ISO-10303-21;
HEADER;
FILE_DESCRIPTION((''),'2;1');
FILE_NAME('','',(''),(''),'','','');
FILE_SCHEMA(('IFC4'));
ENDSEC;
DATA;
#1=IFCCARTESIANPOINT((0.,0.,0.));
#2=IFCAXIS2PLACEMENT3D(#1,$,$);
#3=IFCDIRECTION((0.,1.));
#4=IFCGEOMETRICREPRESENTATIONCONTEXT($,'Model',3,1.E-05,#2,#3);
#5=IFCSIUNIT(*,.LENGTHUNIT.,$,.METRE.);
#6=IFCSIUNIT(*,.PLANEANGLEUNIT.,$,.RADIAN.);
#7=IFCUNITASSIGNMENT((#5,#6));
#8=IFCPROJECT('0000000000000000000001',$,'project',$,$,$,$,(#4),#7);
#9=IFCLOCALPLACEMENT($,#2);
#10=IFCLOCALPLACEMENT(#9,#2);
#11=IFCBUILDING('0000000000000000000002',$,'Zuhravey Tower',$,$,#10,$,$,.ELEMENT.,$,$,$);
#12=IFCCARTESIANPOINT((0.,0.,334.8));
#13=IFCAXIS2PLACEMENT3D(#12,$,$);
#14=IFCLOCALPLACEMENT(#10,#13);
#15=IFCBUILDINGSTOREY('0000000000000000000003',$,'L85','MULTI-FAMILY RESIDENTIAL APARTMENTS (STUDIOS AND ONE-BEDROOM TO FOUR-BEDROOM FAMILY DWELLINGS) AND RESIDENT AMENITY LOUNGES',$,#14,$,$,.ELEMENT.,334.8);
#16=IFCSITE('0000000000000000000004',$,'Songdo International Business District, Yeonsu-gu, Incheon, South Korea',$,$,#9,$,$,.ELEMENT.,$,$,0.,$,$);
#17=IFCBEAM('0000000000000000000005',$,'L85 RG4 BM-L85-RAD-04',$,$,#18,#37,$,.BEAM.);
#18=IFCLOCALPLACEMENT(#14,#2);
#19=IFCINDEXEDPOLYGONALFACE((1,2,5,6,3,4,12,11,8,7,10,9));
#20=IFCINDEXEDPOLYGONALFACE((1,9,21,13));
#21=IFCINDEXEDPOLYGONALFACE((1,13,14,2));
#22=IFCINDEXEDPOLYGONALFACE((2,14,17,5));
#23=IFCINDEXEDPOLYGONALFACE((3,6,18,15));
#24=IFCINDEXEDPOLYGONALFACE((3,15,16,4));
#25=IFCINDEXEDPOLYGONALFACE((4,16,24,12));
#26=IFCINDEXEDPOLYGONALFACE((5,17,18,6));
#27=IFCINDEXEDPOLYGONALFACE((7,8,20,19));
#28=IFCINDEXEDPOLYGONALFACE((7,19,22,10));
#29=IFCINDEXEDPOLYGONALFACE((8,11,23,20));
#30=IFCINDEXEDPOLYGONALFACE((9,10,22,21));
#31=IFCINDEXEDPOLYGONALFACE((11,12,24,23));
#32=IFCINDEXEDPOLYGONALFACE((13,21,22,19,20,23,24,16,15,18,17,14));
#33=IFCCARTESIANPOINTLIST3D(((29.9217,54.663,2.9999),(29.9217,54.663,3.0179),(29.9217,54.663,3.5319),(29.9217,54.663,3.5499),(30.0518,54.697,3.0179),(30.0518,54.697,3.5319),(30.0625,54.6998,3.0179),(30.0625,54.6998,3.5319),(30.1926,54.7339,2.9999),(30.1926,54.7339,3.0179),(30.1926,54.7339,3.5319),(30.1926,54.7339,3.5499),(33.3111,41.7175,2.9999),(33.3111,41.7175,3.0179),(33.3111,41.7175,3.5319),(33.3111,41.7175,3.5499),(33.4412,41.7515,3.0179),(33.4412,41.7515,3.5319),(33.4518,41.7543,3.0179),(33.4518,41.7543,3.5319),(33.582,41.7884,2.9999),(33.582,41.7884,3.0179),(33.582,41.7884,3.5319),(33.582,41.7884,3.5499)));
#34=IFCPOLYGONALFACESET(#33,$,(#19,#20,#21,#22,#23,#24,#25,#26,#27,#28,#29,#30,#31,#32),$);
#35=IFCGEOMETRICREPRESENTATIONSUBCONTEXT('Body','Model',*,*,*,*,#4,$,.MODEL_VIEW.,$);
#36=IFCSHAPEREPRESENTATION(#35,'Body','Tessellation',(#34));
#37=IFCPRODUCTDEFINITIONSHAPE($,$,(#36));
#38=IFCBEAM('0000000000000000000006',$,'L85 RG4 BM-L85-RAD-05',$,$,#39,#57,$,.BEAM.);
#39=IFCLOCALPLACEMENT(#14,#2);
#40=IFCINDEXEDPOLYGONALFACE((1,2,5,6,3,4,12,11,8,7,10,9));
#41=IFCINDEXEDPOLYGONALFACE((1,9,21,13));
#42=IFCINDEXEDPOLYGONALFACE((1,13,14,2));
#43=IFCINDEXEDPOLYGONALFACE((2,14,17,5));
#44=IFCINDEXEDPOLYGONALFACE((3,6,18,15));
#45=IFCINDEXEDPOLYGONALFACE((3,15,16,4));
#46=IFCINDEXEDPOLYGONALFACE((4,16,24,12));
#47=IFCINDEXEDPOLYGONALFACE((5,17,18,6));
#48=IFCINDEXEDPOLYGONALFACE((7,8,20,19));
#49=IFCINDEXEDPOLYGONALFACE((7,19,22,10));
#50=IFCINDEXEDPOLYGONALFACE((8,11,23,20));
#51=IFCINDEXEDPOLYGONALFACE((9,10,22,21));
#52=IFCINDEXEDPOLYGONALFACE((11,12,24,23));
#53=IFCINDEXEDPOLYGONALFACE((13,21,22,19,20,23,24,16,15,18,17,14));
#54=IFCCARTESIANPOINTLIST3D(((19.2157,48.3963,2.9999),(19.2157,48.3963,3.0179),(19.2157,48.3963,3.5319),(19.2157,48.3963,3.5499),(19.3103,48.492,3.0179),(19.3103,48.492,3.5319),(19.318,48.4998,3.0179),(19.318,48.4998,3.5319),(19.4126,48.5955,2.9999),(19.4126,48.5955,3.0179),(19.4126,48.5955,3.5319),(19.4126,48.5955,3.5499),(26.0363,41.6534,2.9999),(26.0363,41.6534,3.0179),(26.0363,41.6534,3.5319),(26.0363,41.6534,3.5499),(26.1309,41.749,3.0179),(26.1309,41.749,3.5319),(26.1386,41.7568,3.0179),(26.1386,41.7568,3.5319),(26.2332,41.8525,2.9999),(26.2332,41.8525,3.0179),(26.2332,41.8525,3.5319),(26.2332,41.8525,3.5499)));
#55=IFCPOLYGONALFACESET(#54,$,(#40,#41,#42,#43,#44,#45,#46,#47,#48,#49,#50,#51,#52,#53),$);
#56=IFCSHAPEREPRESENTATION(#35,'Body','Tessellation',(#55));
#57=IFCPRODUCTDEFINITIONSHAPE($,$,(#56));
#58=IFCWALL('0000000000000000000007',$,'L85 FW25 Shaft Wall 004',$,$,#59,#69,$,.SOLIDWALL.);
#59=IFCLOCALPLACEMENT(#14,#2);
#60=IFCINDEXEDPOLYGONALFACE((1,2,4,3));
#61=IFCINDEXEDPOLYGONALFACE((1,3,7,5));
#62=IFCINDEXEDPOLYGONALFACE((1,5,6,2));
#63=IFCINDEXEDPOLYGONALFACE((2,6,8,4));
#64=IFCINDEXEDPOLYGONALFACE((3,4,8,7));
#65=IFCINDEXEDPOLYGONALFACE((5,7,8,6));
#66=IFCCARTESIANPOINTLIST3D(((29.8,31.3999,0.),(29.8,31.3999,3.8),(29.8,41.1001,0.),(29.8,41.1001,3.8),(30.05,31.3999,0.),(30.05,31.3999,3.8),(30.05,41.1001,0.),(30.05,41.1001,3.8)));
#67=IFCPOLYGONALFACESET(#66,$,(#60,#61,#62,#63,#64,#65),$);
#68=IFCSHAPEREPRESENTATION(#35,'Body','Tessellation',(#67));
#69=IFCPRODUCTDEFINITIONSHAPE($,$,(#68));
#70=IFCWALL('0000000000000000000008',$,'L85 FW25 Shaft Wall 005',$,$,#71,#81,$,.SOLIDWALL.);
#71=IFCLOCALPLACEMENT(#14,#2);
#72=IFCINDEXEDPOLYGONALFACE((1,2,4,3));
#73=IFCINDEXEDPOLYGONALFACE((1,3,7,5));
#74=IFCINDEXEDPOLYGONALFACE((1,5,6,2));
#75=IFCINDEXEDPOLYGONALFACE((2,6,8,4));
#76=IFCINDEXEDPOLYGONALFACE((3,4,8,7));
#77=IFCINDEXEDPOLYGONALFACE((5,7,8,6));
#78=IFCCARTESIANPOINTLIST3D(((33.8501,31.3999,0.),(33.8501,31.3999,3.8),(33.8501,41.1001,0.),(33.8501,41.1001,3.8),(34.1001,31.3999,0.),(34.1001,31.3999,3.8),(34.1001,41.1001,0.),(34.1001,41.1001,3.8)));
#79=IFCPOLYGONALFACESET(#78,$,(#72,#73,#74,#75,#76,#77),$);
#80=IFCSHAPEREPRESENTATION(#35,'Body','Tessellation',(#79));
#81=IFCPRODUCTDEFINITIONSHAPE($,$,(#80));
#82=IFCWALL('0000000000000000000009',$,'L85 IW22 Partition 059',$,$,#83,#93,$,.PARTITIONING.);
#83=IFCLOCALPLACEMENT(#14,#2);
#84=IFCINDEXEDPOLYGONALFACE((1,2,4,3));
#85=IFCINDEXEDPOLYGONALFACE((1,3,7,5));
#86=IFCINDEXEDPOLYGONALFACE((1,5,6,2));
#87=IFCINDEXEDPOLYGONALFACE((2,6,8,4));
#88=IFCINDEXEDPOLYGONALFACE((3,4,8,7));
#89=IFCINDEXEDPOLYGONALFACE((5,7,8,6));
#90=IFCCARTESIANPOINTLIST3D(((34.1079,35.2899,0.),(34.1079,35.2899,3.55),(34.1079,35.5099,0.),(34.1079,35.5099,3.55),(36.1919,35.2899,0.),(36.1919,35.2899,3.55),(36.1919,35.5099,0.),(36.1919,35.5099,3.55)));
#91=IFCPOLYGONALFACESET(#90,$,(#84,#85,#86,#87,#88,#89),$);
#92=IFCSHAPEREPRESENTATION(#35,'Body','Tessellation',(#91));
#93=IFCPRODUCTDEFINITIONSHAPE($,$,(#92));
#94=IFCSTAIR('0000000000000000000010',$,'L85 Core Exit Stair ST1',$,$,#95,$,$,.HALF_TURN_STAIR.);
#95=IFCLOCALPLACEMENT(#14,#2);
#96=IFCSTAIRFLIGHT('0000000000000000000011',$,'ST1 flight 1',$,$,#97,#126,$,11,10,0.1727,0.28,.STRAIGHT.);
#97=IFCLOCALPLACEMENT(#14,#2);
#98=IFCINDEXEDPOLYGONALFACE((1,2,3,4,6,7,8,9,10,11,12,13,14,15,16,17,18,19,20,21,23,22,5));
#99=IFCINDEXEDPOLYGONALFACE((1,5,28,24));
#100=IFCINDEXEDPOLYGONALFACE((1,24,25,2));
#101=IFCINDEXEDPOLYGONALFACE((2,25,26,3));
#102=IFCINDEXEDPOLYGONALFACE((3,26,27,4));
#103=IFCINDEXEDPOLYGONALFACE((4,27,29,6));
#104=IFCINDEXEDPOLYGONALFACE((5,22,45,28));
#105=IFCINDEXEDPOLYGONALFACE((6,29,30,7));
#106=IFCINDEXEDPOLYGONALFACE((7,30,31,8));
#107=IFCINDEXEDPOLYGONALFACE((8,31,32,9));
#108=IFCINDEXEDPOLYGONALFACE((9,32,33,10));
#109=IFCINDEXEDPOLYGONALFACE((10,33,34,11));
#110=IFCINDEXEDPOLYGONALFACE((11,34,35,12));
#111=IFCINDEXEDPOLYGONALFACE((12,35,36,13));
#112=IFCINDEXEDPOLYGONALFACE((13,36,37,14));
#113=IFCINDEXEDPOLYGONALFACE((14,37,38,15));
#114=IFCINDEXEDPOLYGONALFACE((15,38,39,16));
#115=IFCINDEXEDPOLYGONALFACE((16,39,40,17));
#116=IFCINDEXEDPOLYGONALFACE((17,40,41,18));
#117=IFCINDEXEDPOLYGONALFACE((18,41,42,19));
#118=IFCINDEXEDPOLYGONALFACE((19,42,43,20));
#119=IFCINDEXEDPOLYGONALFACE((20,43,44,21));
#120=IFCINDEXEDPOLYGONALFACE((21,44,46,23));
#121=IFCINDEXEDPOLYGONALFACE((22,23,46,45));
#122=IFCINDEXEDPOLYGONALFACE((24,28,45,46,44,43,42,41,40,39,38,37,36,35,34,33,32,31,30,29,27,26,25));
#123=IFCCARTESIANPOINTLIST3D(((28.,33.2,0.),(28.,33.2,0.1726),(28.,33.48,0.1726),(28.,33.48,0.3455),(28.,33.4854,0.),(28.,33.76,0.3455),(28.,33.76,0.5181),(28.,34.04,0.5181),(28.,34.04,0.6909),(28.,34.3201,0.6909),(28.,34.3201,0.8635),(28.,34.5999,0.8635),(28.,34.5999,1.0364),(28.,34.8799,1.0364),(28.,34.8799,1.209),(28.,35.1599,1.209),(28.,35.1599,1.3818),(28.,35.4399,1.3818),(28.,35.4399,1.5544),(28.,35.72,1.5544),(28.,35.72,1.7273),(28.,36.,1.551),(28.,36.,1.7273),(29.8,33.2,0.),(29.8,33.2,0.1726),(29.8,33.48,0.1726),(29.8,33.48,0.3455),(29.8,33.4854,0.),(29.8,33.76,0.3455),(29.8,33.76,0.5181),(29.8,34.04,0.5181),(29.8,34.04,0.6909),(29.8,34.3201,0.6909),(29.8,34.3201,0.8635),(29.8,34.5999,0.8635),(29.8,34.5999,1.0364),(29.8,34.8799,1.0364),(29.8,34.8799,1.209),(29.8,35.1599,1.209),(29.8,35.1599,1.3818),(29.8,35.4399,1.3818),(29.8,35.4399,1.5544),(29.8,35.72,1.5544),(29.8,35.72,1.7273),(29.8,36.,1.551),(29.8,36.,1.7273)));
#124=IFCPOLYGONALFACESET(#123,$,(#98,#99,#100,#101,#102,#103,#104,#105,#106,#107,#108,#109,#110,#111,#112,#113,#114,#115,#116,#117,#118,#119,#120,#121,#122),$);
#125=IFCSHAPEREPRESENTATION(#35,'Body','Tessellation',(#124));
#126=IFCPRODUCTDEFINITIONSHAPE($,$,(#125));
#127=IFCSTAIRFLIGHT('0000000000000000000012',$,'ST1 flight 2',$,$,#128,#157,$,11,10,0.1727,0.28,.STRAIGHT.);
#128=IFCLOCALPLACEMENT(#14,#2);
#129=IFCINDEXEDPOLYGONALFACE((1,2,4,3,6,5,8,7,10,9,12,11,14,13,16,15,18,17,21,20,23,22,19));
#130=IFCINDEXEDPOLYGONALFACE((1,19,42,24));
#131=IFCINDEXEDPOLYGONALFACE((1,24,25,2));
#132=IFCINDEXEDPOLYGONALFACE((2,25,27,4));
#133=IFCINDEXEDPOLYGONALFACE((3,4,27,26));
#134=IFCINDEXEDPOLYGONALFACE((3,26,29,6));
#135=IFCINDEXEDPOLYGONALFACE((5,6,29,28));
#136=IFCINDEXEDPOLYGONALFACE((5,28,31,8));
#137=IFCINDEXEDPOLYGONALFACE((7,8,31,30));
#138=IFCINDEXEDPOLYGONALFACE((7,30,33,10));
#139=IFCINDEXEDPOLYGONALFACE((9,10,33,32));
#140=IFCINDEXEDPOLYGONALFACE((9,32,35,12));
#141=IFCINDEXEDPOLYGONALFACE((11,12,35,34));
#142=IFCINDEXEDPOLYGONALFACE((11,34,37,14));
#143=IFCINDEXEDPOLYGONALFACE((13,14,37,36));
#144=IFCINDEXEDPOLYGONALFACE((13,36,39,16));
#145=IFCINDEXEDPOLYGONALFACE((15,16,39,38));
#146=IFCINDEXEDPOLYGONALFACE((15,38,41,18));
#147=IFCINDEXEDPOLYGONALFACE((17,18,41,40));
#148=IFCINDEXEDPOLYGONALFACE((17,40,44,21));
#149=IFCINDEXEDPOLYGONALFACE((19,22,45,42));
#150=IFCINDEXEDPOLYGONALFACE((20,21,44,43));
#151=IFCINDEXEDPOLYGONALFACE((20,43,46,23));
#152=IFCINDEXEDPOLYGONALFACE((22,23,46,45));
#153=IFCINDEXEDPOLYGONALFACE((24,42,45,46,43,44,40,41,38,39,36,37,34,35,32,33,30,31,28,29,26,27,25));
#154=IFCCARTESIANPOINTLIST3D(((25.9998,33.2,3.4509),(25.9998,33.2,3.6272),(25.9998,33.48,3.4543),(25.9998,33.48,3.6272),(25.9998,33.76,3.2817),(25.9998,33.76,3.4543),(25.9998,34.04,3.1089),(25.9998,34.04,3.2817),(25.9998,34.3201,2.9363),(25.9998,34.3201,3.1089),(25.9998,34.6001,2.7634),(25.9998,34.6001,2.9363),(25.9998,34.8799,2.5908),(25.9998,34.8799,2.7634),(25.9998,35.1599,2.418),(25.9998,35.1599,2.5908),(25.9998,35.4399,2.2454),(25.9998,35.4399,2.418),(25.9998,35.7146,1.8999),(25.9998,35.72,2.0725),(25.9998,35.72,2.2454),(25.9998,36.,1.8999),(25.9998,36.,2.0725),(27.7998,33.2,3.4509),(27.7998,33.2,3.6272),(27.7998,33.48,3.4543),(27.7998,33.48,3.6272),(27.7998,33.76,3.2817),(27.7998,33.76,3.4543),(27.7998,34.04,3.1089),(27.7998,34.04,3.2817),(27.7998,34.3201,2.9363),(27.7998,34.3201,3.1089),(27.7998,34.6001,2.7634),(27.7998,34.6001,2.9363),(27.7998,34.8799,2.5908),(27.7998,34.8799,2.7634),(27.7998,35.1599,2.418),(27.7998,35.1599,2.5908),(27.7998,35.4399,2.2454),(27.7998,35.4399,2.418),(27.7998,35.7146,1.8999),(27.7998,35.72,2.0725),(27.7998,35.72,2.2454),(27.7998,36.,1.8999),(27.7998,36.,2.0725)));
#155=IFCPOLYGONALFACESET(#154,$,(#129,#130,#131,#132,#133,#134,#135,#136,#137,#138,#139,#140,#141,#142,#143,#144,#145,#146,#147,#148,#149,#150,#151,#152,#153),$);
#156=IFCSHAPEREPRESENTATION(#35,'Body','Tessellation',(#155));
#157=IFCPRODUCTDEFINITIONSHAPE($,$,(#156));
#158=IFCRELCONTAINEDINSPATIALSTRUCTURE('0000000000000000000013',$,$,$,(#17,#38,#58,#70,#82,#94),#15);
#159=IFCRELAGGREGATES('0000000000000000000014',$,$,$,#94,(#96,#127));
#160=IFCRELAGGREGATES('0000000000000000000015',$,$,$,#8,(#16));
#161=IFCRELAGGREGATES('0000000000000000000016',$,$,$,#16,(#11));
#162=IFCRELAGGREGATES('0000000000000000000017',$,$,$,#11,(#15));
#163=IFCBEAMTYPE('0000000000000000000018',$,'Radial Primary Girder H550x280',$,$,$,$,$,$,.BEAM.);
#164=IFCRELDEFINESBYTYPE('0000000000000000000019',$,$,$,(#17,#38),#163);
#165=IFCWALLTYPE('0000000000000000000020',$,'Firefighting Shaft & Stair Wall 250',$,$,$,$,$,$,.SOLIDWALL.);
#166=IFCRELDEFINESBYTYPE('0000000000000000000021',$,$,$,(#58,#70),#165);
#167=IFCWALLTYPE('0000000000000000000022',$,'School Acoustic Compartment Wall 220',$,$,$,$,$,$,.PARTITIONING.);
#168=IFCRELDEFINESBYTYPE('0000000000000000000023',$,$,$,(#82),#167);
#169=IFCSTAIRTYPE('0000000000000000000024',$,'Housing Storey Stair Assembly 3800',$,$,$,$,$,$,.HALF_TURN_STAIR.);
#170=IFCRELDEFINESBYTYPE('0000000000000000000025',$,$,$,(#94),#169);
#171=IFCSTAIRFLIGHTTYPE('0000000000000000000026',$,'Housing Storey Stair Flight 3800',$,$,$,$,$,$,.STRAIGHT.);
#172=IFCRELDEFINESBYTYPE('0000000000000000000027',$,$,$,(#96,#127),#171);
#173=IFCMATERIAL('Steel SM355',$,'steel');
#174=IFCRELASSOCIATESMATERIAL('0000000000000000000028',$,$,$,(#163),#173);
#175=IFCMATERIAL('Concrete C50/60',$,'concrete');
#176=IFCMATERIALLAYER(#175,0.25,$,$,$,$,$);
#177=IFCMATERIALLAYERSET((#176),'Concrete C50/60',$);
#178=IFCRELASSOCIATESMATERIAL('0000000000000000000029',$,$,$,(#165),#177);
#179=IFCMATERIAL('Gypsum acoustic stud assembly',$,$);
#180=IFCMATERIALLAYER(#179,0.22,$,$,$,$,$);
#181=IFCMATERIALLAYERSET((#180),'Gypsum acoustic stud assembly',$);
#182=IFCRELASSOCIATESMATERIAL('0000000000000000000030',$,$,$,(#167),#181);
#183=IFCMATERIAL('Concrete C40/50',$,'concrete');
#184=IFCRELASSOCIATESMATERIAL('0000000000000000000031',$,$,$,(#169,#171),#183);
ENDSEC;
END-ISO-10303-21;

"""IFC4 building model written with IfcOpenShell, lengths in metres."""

from ifc_helpers import new_model, si_unit, direction, frame, frame_2d, origin, origin_2d, place, context, subcontext, project, spatial, polyline, rectangle, i_section, outline, extrude, material, layer, layer_set, material_profile, profile_set, type_object, element, aggregate, save


model = new_model("IFC4")

# Units and contexts
model_context = context("Model", 3, precision=1e-05, world=origin(), true_north=direction((0.0, 1.0)))
body_context = subcontext(model_context, "Body", "Model", "MODEL_VIEW")
ifc_project = project(units=[si_unit("LENGTHUNIT", "METRE"), si_unit("PLANEANGLEUNIT", "RADIAN")], contexts=[model_context])

# Site, building, storey
site_placement = place(None, origin())
site = spatial("IfcSite", under=ifc_project, at=site_placement, Name="Songdo International Business District, Yeonsu-gu, Incheon, South Korea", CompositionType="ELEMENT", RefElevation=0.0)
building_placement = place(site_placement, origin())
building = spatial("IfcBuilding", under=site, at=building_placement, Name="Zuhravey Tower", CompositionType="ELEMENT")
storey_placement = place(building_placement, frame((0.0, 0.0, 334.8)))
storey = spatial("IfcBuildingStorey", under=building, at=storey_placement, Name="L85", Description="MULTI-FAMILY RESIDENTIAL APARTMENTS (STUDIOS AND ONE-BEDROOM TO FOUR-BEDROOM FAMILY DWELLINGS) AND RESIDENT AMENITY LOUNGES", CompositionType="ELEMENT", Elevation=334.8)

# Beams
ifc_material_1 = material(Name="Steel SM355", Category="steel")
ifc_material_profile = material_profile(ifc_material_1, i_section(OverallWidth=0.28, OverallDepth=0.55, WebThickness=0.011, FlangeThickness=0.0181, at=origin_2d()), Name="H-550x280x11x18")
ifc_profile_set = profile_set([ifc_material_profile], Name="Steel SM355")
beam_type = type_object("IfcBeamType", Name="Radial Primary Girder H550x280", PredefinedType="BEAM", material=ifc_profile_set)
beam_1_placement = place(storey_placement, frame((33.4465, 41.7529, 3.2749), z_axis=(-0.253283, 0.967392, 0.0), x_axis=(-0.967392, -0.253283, 0.0)))
element("IfcBeam", 1, at=beam_1_placement, inside=storey, type_object=beam_type, Name="L85 RG4 BM-L85-RAD-04", PredefinedType="BEAM", context=body_context, shape_type="SweptSolid", body=[
    extrude(i_section(OverallWidth=0.28, OverallDepth=0.55, WebThickness=0.011, FlangeThickness=0.0181, at=origin_2d()), origin(), (0.0, 0.0, 1.0), 13.3818),
])
beam_2_placement = place(storey_placement, frame((26.1348, 41.7529, 3.2749), z_axis=(-0.711143, 0.703048, 0.0), x_axis=(-0.703048, -0.711143, 0.0)))
element("IfcBeam", 2, at=beam_2_placement, inside=storey, type_object=beam_type, Name="L85 RG4 BM-L85-RAD-05", PredefinedType="BEAM", context=body_context, shape_type="SweptSolid", body=[
    extrude(i_section(OverallWidth=0.28, OverallDepth=0.55, WebThickness=0.011, FlangeThickness=0.0181, at=origin_2d()), origin(), (0.0, 0.0, 1.0), 9.5911),
])

# Walls
ifc_material_2 = material(Name="Concrete C50/60", Category="concrete")
ifc_layer_1 = layer(ifc_material_2, 0.25)
ifc_layer_set_1 = layer_set([ifc_layer_1], Name="Concrete C50/60")
wall_type_1 = type_object("IfcWallType", Name="Firefighting Shaft & Stair Wall 250", PredefinedType="SOLIDWALL", material=ifc_layer_set_1)
for number, where, z_axis, x_axis, name in (
    (3, (29.925, 31.3999, 0.0), (0.0, 0.0, 1.0), (0.0, 1.0, 0.0), "L85 FW25 Shaft Wall 004"),
    (4, (33.9751, 31.3999, 0.0), (0.0, 0.0, 1.0), (0.0, 1.0, 0.0), "L85 FW25 Shaft Wall 005"),
):
    element("IfcWall", number, at=place(storey_placement, frame(where, z_axis=z_axis, x_axis=x_axis)), inside=storey, type_object=wall_type_1, Name=name, PredefinedType="SOLIDWALL", context=body_context, shape_type="SweptSolid", body=[
        extrude(rectangle(XDim=9.7002, YDim=0.25, at=frame_2d((4.8501, 0.0))), origin(), (0.0, 0.0, 1.0), 3.8),
    ])
ifc_material_3 = material(Name="Gypsum acoustic stud assembly")
ifc_layer_2 = layer(ifc_material_3, 0.22)
ifc_layer_set_2 = layer_set([ifc_layer_2], Name="Gypsum acoustic stud assembly")
wall_type_2 = type_object("IfcWallType", Name="School Acoustic Compartment Wall 220", PredefinedType="PARTITIONING", material=ifc_layer_set_2)
wall_placement = place(storey_placement, frame((34.1079, 35.3999, 0.0), z_axis=(0.0, 0.0, 1.0), x_axis=(1.0, 0.0, 0.0)))
element("IfcWall", 5, at=wall_placement, inside=storey, type_object=wall_type_2, Name="L85 IW22 Partition 059", PredefinedType="PARTITIONING", context=body_context, shape_type="SweptSolid", body=[
    extrude(rectangle(XDim=2.084, YDim=0.22, at=frame_2d((1.042, 0.0))), origin(), (0.0, 0.0, 1.0), 3.55),
])

# Stair, stair flights
ifc_material_4 = material(Name="Concrete C40/50", Category="concrete")
stair_type = type_object("IfcStairType", Name="Housing Storey Stair Assembly 3800", PredefinedType="HALF_TURN_STAIR", material=ifc_material_4)
stair_1_placement = place(storey_placement, origin())
stair_1 = element("IfcStair", 6, at=stair_1_placement, inside=storey, type_object=stair_type, Name="L85 Core Exit Stair ST1", PredefinedType="HALF_TURN_STAIR")
stair_flight_type = type_object("IfcStairFlightType", Name="Housing Storey Stair Flight 3800", PredefinedType="STRAIGHT", material=ifc_material_4)
stair_flight_1_placement = place(storey_placement, frame((28.8999, 33.2, 0.0), z_axis=(0.0, 0.0, 1.0), x_axis=(0.0, 1.0, 0.0)))
stair_flight_1 = element("IfcStairFlight", 7, at=stair_flight_1_placement, type_object=stair_flight_type, Name="ST1 flight 1", NumberOfRisers=11, NumberOfTreads=10, PredefinedType="STRAIGHT", RiserHeight=0.1727, TreadLength=0.28, context=body_context, shape_type="SweptSolid", body=[
    extrude(outline(polyline([(0.0, 0.0), (0.0, 0.1726), (0.28, 0.1726), (0.28, 0.3455), (0.5601, 0.3455), (0.5601, 0.5181), (0.8401, 0.5181), (0.8401, 0.6909), (1.1201, 0.6909), (1.1201, 0.8635), (1.3999, 0.8635), (1.3999, 1.0364), (1.6799, 1.0364), (1.6799, 1.209), (1.96, 1.209), (1.96, 1.3818), (2.24, 1.3818), (2.24, 1.5544), (2.52, 1.5544), (2.52, 1.7273), (2.8, 1.7273), (2.8, 1.8999), (2.8, 1.551), (0.2854, 0.0), (0.0, 0.0)])), frame((0.0, 0.8999, 0.0), z_axis=(0.0, -1.0, 0.0), x_axis=(1.0, 0.0, 0.0)), (0.0, 0.0, 1.0), 1.8),
])
stair_flight_2_placement = place(storey_placement, frame((26.8999, 36.0, 1.8999), z_axis=(0.0, 0.0, 1.0), x_axis=(0.0, -1.0, 0.0)))
stair_flight_2 = element("IfcStairFlight", 8, at=stair_flight_2_placement, type_object=stair_flight_type, Name="ST1 flight 2", NumberOfRisers=11, NumberOfTreads=10, PredefinedType="STRAIGHT", RiserHeight=0.1727, TreadLength=0.28, context=body_context, shape_type="SweptSolid", body=[
    extrude(outline(polyline([(0.0, 0.0), (0.0, 0.1726), (0.28, 0.1726), (0.28, 0.3455), (0.5601, 0.3455), (0.5601, 0.5181), (0.8401, 0.5181), (0.8401, 0.6909), (1.1201, 0.6909), (1.1201, 0.8635), (1.3999, 0.8635), (1.3999, 1.0364), (1.6799, 1.0364), (1.6799, 1.209), (1.96, 1.209), (1.96, 1.3818), (2.24, 1.3818), (2.24, 1.5544), (2.52, 1.5544), (2.52, 1.7273), (2.8, 1.7273), (2.8, 1.8999), (2.8, 1.551), (0.2854, 0.0), (0.0, 0.0)])), frame((0.0, 0.8999, 0.0), z_axis=(0.0, -1.0, 0.0), x_axis=(1.0, 0.0, 0.0)), (0.0, 0.0, 1.0), 1.8),
])
aggregate(stair_1, [stair_flight_1, stair_flight_2])

save(model, "model.ifc")
